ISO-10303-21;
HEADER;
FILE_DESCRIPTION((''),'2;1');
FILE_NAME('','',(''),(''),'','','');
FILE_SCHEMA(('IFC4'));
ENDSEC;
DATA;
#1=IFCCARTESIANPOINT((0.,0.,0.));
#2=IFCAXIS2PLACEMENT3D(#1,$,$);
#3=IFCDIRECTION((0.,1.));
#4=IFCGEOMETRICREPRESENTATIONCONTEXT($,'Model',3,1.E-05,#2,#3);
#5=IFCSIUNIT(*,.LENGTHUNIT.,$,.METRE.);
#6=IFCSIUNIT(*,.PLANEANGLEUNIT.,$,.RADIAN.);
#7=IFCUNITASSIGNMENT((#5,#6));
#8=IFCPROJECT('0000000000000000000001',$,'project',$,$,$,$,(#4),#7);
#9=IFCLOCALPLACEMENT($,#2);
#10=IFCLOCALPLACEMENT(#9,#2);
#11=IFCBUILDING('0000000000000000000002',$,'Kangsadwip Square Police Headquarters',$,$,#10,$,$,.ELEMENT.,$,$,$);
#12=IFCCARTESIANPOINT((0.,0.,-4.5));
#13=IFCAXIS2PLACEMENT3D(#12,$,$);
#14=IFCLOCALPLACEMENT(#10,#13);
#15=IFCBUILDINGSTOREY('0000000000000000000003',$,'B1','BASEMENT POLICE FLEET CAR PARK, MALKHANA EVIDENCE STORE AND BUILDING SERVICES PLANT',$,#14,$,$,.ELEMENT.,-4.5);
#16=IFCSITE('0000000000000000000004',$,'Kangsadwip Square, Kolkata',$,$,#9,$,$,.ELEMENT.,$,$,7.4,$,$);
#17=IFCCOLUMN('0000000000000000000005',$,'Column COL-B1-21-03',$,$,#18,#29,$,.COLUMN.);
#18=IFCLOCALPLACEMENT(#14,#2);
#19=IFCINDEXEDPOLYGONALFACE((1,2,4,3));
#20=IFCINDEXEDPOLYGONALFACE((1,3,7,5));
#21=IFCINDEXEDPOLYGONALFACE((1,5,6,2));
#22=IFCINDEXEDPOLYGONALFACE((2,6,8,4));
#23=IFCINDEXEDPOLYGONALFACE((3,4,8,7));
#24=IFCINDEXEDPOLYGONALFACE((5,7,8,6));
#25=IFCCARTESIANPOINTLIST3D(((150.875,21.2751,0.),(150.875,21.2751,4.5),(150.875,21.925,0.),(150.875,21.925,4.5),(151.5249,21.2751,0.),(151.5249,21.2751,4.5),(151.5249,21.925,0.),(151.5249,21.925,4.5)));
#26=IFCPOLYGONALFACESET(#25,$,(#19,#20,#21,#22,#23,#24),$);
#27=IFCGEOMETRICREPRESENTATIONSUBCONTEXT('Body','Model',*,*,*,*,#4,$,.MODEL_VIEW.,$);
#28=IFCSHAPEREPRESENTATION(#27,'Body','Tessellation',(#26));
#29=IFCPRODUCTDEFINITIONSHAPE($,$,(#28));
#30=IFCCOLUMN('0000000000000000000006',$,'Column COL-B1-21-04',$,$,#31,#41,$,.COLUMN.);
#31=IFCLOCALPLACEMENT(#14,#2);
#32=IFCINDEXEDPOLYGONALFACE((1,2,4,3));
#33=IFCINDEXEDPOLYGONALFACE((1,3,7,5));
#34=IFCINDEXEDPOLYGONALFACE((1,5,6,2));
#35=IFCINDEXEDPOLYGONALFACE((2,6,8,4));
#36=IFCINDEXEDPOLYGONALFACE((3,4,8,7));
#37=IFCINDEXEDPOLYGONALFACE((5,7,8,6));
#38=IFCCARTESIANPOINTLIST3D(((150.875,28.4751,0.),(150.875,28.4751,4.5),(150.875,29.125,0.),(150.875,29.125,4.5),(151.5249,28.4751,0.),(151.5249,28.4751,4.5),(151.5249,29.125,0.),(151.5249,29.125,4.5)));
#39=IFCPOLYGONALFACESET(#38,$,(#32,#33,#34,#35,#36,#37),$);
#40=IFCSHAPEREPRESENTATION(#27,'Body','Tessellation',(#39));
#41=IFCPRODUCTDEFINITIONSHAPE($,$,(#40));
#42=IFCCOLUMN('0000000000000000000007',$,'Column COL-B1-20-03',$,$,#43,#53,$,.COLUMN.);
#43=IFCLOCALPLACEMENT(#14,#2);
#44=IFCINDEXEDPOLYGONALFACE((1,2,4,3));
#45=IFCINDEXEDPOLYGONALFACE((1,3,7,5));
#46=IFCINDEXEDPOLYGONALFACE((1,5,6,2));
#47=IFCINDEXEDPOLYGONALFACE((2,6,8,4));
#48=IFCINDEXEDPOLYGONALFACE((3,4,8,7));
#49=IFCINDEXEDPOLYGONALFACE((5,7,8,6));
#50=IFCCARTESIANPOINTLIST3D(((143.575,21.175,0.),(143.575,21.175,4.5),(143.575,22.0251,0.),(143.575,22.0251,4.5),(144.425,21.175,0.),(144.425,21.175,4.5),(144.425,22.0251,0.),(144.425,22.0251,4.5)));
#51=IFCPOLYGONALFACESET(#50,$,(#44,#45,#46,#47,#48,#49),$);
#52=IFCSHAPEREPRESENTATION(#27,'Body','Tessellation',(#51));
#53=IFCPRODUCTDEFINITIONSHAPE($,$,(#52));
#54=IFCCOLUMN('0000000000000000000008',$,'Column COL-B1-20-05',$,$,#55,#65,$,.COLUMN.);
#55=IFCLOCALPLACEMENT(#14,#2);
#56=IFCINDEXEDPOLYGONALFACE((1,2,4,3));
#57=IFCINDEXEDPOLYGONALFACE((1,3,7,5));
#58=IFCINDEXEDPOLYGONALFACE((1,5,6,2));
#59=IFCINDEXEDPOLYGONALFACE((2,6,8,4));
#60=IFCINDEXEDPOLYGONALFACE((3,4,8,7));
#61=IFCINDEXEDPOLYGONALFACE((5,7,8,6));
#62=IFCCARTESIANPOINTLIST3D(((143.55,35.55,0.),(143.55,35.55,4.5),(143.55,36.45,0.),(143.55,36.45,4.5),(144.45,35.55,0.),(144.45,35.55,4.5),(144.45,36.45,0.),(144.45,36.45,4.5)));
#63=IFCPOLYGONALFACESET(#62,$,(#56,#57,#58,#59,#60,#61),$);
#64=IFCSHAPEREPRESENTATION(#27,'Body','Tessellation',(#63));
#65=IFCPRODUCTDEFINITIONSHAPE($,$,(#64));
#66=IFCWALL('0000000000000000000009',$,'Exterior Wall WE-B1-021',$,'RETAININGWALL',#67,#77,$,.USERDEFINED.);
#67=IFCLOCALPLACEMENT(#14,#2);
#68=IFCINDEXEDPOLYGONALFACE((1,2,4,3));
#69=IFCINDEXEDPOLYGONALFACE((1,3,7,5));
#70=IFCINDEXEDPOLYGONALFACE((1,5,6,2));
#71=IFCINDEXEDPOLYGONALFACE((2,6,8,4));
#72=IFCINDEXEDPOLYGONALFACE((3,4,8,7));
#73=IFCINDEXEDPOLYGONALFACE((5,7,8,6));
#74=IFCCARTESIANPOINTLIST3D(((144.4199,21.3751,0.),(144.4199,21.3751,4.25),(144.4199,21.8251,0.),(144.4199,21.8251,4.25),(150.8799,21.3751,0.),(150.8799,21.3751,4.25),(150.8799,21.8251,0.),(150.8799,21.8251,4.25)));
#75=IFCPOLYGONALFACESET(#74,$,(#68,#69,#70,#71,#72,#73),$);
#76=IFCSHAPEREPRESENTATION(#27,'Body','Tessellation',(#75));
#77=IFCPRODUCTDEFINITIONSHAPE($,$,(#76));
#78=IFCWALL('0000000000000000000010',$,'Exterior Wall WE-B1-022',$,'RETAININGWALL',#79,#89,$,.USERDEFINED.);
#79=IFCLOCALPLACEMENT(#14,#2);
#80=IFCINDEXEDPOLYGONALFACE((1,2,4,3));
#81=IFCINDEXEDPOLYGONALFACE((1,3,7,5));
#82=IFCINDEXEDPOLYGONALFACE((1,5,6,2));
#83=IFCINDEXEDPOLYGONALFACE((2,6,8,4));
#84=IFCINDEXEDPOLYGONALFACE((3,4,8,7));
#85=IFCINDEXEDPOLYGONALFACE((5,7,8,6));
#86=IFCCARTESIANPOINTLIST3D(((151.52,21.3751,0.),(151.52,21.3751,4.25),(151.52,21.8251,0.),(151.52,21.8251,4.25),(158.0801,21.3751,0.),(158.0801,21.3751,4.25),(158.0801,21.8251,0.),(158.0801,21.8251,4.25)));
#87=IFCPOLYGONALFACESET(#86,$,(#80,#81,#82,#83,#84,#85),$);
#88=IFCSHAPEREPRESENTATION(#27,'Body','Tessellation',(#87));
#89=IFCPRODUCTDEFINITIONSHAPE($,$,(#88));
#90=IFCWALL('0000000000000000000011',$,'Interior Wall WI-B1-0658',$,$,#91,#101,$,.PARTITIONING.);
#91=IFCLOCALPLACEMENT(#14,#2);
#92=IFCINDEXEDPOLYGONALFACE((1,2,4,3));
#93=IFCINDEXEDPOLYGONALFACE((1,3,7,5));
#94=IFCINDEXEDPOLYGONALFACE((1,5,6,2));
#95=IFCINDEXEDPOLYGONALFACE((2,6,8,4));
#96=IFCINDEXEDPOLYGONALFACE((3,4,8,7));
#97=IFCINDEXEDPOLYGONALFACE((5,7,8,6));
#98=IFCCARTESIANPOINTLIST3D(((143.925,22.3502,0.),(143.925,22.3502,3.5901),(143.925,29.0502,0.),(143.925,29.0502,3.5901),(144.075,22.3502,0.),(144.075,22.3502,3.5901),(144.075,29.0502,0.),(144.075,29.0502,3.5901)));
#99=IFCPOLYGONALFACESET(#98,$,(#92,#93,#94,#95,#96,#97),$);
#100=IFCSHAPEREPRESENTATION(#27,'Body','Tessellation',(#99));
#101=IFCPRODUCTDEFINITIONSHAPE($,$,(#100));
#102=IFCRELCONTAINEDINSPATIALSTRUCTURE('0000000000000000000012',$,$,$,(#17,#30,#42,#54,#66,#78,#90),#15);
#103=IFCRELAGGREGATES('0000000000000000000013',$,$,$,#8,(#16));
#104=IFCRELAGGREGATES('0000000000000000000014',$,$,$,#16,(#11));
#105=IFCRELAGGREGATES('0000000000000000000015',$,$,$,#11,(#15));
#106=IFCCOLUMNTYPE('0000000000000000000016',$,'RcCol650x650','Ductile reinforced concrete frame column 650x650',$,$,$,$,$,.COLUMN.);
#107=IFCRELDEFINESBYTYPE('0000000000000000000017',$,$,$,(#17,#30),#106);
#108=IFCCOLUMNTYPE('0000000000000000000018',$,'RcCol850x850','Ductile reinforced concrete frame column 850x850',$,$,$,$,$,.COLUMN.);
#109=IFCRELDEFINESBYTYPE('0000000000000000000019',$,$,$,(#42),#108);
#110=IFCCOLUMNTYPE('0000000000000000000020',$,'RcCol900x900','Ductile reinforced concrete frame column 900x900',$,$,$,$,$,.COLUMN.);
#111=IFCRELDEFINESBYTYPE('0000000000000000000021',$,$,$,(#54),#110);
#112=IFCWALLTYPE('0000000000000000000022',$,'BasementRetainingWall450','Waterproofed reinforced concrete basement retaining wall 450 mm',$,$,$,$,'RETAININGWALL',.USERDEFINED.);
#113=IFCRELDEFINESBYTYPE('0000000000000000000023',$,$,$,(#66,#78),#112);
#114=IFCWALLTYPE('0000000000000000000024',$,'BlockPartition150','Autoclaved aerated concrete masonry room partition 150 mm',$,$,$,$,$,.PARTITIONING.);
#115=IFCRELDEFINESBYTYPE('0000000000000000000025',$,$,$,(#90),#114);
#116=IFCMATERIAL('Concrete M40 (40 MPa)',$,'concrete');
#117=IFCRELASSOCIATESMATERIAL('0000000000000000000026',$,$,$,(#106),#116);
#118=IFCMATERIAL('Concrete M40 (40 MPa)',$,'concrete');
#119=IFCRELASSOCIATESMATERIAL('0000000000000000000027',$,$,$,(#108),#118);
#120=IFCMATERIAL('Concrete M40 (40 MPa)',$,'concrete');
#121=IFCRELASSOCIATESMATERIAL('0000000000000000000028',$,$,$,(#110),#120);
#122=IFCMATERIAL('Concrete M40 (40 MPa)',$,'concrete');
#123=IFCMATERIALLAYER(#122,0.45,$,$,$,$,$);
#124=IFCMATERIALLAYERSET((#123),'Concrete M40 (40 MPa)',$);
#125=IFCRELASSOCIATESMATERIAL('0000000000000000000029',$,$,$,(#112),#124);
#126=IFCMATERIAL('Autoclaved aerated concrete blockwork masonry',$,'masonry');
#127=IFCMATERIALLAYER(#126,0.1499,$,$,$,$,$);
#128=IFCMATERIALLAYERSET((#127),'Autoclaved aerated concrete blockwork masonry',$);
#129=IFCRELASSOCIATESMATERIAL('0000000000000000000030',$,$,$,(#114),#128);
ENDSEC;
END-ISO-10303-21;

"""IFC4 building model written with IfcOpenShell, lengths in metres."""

from ifc_helpers import new_model, si_unit, direction, frame, frame_2d, origin, origin_2d, place, context, subcontext, project, spatial, rectangle, extrude, material, layer, layer_set, material_profile, profile_set, type_object, element, save


model = new_model("IFC4")

# Units and contexts
model_context = context("Model", 3, precision=1e-05, world=origin(), true_north=direction((0.0, 1.0)))
body_context = subcontext(model_context, "Body", "Model", "MODEL_VIEW")
ifc_project = project(units=[si_unit("LENGTHUNIT", "METRE"), si_unit("PLANEANGLEUNIT", "RADIAN")], contexts=[model_context])

# Site, building, storey
site_placement = place(None, origin())
site = spatial("IfcSite", under=ifc_project, at=site_placement, Name="Kangsadwip Square, Kolkata", CompositionType="ELEMENT", RefElevation=7.4)
building_placement = place(site_placement, origin())
building = spatial("IfcBuilding", under=site, at=building_placement, Name="Kangsadwip Square Police Headquarters", CompositionType="ELEMENT")
storey_placement = place(building_placement, frame((0.0, 0.0, -4.5)))
storey = spatial("IfcBuildingStorey", under=building, at=storey_placement, Name="B1", Description="BASEMENT POLICE FLEET CAR PARK, MALKHANA EVIDENCE STORE AND BUILDING SERVICES PLANT", CompositionType="ELEMENT", Elevation=-4.5)

# Columns
ifc_material_1 = material(Name="Concrete M40 (40 MPa)", Category="concrete")
ifc_material_profile_1 = material_profile(ifc_material_1, rectangle(XDim=0.6499, YDim=0.6499, at=origin_2d()), Name="RC COL 650X650")
ifc_profile_set_1 = profile_set([ifc_material_profile_1], Name="Concrete M40 (40 MPa)")
column_type_1 = type_object("IfcColumnType", Name="RcCol650x650", Description="Ductile reinforced concrete frame column 650x650", PredefinedType="COLUMN", material=ifc_profile_set_1)
for number, where, z_axis, x_axis, name in (
    (1, (151.2, 21.6001, 0.0), (0.0, 0.0, 1.0), (1.0, 0.0, 0.0), "Column COL-B1-21-03"),
    (2, (151.2, 28.8, 0.0), (0.0, 0.0, 1.0), (1.0, 0.0, 0.0), "Column COL-B1-21-04"),
):
    element("IfcColumn", number, at=place(storey_placement, frame(where, z_axis=z_axis, x_axis=x_axis)), inside=storey, type_object=column_type_1, Name=name, PredefinedType="COLUMN", context=body_context, shape_type="SweptSolid", body=[
        extrude(rectangle(XDim=0.6499, YDim=0.6499, at=origin_2d()), origin(), (0.0, 0.0, 1.0), 4.5),
    ])
ifc_material_2 = material(Name="Concrete M40 (40 MPa)", Category="concrete")
ifc_material_profile_2 = material_profile(ifc_material_2, rectangle(XDim=0.8501, YDim=0.8501, at=origin_2d()), Name="RC COL 850X850")
ifc_profile_set_2 = profile_set([ifc_material_profile_2], Name="Concrete M40 (40 MPa)")
column_type_2 = type_object("IfcColumnType", Name="RcCol850x850", Description="Ductile reinforced concrete frame column 850x850", PredefinedType="COLUMN", material=ifc_profile_set_2)
column_1_placement = place(storey_placement, frame((144.0, 21.6001, 0.0), z_axis=(0.0, 0.0, 1.0), x_axis=(1.0, 0.0, 0.0)))
element("IfcColumn", 3, at=column_1_placement, inside=storey, type_object=column_type_2, Name="Column COL-B1-20-03", PredefinedType="COLUMN", context=body_context, shape_type="SweptSolid", body=[
    extrude(rectangle(XDim=0.8501, YDim=0.8501, at=origin_2d()), origin(), (0.0, 0.0, 1.0), 4.5),
])
ifc_material_3 = material(Name="Concrete M40 (40 MPa)", Category="concrete")
ifc_material_profile_3 = material_profile(ifc_material_3, rectangle(XDim=0.8999, YDim=0.8999, at=origin_2d()), Name="RC COL 900X900")
ifc_profile_set_3 = profile_set([ifc_material_profile_3], Name="Concrete M40 (40 MPa)")
column_type_3 = type_object("IfcColumnType", Name="RcCol900x900", Description="Ductile reinforced concrete frame column 900x900", PredefinedType="COLUMN", material=ifc_profile_set_3)
column_2_placement = place(storey_placement, frame((144.0, 36.0, 0.0), z_axis=(0.0, 0.0, 1.0), x_axis=(1.0, 0.0, 0.0)))
element("IfcColumn", 4, at=column_2_placement, inside=storey, type_object=column_type_3, Name="Column COL-B1-20-05", PredefinedType="COLUMN", context=body_context, shape_type="SweptSolid", body=[
    extrude(rectangle(XDim=0.8999, YDim=0.8999, at=origin_2d()), origin(), (0.0, 0.0, 1.0), 4.5),
])

# Walls
ifc_material_4 = material(Name="Concrete M40 (40 MPa)", Category="concrete")
ifc_layer_1 = layer(ifc_material_4, 0.45)
ifc_layer_set_1 = layer_set([ifc_layer_1], Name="Concrete M40 (40 MPa)")
wall_type_1 = type_object("IfcWallType", Name="BasementRetainingWall450", Description="Waterproofed reinforced concrete basement retaining wall 450 mm", ElementType="RETAININGWALL", PredefinedType="USERDEFINED", material=ifc_layer_set_1)
wall_1_placement = place(storey_placement, frame((144.4199, 21.6001, 0.0), z_axis=(0.0, 0.0, 1.0), x_axis=(1.0, 0.0, 0.0)))
element("IfcWall", 5, at=wall_1_placement, inside=storey, type_object=wall_type_1, Name="Exterior Wall WE-B1-021", ObjectType="RETAININGWALL", PredefinedType="USERDEFINED", context=body_context, shape_type="SweptSolid", body=[
    extrude(rectangle(XDim=6.46, YDim=0.45, at=frame_2d((3.23, 0.0))), origin(), (0.0, 0.0, 1.0), 4.25),
])
wall_2_placement = place(storey_placement, frame((151.52, 21.6001, 0.0), z_axis=(0.0, 0.0, 1.0), x_axis=(1.0, 0.0, 0.0)))
element("IfcWall", 6, at=wall_2_placement, inside=storey, type_object=wall_type_1, Name="Exterior Wall WE-B1-022", ObjectType="RETAININGWALL", PredefinedType="USERDEFINED", context=body_context, shape_type="SweptSolid", body=[
    extrude(rectangle(XDim=6.5601, YDim=0.45, at=frame_2d((3.28, 0.0))), origin(), (0.0, 0.0, 1.0), 4.25),
])
ifc_material_5 = material(Name="Autoclaved aerated concrete blockwork masonry", Category="masonry")
ifc_layer_2 = layer(ifc_material_5, 0.1499)
ifc_layer_set_2 = layer_set([ifc_layer_2], Name="Autoclaved aerated concrete blockwork masonry")
wall_type_2 = type_object("IfcWallType", Name="BlockPartition150", Description="Autoclaved aerated concrete masonry room partition 150 mm", PredefinedType="PARTITIONING", material=ifc_layer_set_2)
wall_3_placement = place(storey_placement, frame((144.0, 22.3501, 0.0), z_axis=(0.0, 0.0, 1.0), x_axis=(0.0, 1.0, 0.0)))
element("IfcWall", 7, at=wall_3_placement, inside=storey, type_object=wall_type_2, Name="Interior Wall WI-B1-0658", PredefinedType="PARTITIONING", context=body_context, shape_type="SweptSolid", body=[
    extrude(rectangle(XDim=6.7, YDim=0.1499, at=frame_2d((3.3501, 0.0))), origin(), (0.0, 0.0, 1.0), 3.5901),
])

save(model, "model.ifc")
